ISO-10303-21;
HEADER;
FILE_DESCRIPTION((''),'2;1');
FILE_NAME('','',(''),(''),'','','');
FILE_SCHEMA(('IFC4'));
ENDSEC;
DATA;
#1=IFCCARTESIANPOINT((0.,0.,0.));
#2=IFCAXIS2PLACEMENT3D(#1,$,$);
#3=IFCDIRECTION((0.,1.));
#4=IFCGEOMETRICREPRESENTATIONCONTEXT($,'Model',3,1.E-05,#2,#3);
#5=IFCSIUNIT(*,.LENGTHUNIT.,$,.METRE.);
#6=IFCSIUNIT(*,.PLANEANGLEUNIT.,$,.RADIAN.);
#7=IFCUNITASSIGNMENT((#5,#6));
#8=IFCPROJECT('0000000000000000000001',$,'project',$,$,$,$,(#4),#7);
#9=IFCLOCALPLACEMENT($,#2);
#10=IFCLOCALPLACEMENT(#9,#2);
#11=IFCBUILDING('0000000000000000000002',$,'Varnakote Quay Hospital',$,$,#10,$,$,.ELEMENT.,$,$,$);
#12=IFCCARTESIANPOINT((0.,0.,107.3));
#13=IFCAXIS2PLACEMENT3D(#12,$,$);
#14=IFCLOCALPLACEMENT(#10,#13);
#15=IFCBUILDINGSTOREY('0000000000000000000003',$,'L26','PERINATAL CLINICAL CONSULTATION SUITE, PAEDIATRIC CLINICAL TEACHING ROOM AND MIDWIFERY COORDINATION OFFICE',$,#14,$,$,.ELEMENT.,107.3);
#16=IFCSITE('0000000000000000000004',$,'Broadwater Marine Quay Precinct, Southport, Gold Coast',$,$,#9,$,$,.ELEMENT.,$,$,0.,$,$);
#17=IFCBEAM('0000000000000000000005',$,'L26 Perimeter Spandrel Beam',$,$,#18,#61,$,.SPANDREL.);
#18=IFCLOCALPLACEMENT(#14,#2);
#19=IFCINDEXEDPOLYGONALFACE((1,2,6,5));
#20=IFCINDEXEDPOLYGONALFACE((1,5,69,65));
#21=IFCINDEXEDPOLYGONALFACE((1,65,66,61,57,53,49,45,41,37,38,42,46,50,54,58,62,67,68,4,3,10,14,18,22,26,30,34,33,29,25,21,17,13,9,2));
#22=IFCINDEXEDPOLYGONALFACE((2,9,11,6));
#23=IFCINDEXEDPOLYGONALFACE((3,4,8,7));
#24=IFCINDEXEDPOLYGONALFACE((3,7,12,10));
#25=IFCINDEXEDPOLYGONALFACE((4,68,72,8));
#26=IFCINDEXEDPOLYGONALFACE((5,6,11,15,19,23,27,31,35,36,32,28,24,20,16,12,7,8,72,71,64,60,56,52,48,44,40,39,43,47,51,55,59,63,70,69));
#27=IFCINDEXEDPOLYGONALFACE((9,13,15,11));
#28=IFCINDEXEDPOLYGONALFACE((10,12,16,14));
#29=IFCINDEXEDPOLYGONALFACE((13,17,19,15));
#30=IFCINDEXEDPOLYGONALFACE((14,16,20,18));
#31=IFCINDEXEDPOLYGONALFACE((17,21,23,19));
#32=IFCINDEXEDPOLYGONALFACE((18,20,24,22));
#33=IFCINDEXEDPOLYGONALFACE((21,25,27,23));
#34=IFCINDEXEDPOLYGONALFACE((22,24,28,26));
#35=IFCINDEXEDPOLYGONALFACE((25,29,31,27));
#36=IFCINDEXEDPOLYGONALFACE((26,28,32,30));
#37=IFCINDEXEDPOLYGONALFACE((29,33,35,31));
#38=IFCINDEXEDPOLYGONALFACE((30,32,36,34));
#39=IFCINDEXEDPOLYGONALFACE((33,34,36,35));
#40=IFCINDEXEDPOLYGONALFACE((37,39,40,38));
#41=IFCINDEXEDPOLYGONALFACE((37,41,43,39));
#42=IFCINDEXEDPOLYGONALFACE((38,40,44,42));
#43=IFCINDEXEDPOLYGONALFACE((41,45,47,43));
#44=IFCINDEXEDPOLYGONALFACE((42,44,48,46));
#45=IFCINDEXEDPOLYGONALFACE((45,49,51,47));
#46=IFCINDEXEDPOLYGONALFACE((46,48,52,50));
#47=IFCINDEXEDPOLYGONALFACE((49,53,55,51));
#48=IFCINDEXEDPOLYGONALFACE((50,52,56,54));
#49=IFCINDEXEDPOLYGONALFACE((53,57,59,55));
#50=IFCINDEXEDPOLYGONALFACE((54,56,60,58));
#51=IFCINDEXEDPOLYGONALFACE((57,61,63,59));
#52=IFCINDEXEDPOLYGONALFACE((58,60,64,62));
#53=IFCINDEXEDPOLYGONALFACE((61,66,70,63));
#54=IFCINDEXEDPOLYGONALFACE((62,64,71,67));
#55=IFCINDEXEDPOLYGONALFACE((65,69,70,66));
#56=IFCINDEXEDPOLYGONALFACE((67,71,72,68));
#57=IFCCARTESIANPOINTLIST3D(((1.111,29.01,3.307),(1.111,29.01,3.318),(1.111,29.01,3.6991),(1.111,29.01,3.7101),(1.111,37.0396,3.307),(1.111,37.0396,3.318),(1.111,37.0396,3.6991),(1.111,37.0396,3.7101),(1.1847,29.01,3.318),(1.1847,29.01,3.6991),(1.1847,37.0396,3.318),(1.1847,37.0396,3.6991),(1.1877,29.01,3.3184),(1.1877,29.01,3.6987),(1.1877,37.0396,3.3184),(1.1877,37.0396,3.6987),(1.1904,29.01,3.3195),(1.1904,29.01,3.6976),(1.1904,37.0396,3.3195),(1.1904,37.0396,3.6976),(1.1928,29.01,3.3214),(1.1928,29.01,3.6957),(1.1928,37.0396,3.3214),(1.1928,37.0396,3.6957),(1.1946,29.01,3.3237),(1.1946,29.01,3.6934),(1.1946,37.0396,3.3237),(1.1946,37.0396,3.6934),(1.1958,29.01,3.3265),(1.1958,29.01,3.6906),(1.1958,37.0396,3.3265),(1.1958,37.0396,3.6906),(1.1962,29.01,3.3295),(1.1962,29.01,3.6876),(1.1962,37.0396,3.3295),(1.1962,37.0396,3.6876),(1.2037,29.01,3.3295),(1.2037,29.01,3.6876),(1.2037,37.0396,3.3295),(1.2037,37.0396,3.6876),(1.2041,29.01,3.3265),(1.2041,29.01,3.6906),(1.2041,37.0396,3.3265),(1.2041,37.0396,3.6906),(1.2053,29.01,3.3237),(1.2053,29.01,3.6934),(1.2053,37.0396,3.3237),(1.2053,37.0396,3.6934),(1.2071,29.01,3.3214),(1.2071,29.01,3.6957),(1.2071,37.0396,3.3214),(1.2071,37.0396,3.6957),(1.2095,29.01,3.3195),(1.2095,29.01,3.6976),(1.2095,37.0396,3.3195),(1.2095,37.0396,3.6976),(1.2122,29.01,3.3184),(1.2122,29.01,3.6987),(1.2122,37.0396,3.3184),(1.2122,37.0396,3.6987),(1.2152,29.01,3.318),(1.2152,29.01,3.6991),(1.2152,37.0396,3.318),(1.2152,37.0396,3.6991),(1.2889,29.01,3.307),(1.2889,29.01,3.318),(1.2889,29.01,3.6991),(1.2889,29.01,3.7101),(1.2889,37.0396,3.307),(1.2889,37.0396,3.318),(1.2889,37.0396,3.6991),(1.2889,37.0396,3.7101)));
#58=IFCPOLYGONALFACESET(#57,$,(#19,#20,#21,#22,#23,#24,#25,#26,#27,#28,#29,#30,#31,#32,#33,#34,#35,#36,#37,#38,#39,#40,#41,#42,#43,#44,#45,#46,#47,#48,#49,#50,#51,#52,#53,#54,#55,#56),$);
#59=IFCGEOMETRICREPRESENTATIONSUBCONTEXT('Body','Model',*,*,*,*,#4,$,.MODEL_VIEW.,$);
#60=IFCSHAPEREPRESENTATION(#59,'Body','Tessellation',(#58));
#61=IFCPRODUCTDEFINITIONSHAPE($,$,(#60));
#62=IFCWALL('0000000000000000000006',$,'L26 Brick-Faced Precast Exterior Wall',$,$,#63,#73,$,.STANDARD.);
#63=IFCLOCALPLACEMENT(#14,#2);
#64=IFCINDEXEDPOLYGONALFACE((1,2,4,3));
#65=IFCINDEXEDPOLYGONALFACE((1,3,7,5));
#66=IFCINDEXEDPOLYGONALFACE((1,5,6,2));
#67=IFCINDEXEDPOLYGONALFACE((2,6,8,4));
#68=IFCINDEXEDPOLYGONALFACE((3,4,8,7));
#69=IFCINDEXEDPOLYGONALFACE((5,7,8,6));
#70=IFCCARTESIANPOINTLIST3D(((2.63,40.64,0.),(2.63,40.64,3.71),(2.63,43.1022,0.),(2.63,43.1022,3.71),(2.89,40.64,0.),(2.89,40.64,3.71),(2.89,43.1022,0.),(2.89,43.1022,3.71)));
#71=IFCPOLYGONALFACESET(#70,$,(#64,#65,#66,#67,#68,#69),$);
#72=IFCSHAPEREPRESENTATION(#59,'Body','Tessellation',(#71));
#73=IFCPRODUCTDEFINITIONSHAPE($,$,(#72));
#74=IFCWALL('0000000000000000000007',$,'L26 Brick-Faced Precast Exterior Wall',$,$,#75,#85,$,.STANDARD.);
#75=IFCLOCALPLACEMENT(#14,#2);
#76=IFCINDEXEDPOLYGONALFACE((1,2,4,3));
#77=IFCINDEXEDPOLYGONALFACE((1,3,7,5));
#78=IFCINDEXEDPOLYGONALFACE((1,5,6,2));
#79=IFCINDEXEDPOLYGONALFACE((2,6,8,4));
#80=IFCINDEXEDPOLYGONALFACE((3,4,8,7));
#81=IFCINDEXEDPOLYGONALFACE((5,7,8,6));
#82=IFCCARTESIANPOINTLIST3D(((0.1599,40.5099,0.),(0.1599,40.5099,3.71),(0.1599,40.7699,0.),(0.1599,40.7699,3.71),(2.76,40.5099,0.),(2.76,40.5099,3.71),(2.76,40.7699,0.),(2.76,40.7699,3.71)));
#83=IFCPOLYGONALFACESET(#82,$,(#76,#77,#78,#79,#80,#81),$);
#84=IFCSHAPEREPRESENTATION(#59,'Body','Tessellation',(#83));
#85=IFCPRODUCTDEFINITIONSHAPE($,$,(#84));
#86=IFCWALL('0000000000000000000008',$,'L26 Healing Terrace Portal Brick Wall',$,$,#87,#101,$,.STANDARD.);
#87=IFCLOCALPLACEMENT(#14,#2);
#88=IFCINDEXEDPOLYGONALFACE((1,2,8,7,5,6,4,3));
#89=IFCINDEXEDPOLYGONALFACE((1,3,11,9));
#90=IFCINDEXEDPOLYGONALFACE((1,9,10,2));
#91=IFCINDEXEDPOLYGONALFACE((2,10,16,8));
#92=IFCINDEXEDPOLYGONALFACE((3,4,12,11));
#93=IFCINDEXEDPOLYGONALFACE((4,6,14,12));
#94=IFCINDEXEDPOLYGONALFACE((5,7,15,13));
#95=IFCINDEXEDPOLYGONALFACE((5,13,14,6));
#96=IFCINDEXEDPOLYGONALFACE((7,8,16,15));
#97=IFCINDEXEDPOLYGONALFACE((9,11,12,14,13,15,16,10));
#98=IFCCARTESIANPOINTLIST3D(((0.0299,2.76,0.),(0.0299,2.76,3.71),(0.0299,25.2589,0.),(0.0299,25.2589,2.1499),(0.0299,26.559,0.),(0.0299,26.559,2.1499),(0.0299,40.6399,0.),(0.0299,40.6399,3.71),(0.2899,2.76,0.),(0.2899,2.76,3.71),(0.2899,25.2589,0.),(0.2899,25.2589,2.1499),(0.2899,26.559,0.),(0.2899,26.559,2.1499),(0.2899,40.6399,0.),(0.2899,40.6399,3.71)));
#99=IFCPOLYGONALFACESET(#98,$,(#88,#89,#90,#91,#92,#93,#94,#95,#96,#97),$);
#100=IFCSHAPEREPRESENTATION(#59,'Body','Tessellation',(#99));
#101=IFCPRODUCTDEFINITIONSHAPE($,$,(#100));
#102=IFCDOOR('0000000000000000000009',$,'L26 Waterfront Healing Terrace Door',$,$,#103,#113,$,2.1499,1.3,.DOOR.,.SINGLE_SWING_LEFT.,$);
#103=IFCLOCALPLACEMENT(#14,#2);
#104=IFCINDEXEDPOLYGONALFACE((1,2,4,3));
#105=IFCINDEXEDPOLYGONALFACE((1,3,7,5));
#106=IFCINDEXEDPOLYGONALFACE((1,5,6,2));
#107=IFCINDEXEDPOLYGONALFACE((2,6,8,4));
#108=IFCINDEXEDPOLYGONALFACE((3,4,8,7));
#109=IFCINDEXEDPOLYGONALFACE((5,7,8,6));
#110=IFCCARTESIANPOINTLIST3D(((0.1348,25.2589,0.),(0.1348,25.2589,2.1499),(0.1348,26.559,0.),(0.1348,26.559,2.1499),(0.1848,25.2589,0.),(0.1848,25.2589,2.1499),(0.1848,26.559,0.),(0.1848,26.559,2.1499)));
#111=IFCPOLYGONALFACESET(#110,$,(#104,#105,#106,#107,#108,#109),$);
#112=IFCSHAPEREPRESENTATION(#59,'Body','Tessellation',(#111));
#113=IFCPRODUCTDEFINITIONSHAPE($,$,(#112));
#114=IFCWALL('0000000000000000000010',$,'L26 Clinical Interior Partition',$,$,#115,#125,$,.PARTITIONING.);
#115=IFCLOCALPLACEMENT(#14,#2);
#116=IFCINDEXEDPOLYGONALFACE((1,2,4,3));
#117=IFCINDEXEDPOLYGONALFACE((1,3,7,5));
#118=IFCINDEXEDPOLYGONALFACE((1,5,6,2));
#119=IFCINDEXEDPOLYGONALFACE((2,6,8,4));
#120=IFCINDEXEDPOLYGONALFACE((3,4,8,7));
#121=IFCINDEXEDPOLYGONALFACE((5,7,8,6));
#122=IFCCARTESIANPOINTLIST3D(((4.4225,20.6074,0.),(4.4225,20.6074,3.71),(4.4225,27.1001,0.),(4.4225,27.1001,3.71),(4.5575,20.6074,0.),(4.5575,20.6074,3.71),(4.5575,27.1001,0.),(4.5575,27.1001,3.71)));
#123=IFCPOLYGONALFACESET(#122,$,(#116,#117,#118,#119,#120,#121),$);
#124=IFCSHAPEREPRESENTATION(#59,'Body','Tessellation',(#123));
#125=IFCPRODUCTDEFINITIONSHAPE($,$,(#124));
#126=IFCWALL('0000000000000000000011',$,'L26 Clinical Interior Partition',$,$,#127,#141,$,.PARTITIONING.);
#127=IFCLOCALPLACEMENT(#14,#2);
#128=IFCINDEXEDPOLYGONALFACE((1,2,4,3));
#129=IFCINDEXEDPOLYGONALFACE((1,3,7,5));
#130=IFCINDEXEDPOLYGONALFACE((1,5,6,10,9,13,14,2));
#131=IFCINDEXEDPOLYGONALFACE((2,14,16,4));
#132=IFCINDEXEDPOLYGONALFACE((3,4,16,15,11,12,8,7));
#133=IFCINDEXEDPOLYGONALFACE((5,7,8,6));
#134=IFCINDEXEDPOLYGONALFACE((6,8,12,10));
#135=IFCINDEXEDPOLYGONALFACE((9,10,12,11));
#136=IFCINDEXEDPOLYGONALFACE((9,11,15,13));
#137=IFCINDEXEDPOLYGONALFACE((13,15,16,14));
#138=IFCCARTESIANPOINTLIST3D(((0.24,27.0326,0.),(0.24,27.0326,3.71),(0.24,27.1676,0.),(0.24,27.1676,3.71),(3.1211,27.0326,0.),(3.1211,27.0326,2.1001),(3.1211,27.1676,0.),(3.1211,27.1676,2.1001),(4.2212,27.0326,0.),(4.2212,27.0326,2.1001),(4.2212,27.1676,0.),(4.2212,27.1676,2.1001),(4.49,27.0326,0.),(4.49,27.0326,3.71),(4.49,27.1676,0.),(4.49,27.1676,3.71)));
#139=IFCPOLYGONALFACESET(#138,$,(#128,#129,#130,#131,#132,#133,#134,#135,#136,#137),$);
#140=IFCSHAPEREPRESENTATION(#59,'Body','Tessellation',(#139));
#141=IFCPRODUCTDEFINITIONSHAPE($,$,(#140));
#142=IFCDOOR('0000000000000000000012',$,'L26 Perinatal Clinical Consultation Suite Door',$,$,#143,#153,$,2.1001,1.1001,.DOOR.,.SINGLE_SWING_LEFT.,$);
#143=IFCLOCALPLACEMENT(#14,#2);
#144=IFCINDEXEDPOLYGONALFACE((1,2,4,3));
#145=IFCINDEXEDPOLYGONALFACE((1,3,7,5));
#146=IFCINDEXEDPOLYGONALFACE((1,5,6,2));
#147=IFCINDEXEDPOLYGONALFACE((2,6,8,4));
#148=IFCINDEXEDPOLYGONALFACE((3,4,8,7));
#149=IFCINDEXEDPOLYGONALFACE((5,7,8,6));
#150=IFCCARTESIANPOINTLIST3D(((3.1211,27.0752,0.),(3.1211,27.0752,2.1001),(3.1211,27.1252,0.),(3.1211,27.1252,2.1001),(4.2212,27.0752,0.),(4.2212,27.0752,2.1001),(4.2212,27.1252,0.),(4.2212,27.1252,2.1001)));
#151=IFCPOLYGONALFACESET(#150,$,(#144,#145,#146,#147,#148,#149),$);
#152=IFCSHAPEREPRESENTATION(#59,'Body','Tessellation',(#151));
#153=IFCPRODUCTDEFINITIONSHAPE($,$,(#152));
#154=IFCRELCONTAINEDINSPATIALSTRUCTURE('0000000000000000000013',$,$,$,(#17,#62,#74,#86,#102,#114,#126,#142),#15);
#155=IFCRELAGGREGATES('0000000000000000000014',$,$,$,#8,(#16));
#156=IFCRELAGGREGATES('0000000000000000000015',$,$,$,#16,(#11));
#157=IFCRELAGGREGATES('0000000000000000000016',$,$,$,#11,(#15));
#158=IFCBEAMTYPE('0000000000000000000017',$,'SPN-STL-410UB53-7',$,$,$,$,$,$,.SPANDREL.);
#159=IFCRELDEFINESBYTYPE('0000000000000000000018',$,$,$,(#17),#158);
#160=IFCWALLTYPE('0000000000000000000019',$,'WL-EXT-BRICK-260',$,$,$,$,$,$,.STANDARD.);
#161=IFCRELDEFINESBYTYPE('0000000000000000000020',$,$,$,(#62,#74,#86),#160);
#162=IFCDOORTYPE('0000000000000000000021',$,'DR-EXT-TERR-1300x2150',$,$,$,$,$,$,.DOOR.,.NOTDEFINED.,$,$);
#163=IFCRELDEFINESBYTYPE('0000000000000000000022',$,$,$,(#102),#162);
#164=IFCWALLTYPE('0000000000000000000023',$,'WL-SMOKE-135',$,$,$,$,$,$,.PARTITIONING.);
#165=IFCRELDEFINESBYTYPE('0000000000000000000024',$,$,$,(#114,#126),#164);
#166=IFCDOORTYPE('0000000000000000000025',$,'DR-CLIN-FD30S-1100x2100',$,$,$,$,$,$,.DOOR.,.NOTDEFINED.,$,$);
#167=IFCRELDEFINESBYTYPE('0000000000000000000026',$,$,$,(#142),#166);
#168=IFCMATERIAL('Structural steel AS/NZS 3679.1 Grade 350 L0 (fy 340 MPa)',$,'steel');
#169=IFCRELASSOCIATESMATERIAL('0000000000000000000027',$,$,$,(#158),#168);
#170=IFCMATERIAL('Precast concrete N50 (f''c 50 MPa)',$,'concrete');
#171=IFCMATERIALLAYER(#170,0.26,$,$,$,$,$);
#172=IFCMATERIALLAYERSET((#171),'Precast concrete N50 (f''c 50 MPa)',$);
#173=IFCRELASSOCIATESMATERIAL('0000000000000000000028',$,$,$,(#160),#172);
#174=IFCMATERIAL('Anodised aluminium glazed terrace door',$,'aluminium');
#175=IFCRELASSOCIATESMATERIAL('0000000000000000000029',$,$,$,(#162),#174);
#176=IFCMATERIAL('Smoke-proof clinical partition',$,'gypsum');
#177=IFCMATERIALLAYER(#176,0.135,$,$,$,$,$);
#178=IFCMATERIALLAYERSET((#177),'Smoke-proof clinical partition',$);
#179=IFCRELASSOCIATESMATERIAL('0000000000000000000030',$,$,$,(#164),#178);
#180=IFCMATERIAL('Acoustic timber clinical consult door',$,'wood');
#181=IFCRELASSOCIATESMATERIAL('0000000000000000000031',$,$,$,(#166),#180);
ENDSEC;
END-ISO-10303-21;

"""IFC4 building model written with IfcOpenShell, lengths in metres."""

from ifc_helpers import new_model, si_unit, direction, frame, frame_2d, origin, origin_2d, place, context, subcontext, project, spatial, rectangle, i_section, extrude, material, layer, layer_set, material_profile, profile_set, type_object, element, fill, save


model = new_model("IFC4")

# Units and contexts
model_context = context("Model", 3, precision=1e-05, world=origin(), true_north=direction((0.0, 1.0)))
body_context = subcontext(model_context, "Body", "Model", "MODEL_VIEW")
ifc_project = project(units=[si_unit("LENGTHUNIT", "METRE"), si_unit("PLANEANGLEUNIT", "RADIAN")], contexts=[model_context])

# Site, building, storey
site_placement = place(None, origin())
site = spatial("IfcSite", under=ifc_project, at=site_placement, Name="Broadwater Marine Quay Precinct, Southport, Gold Coast", CompositionType="ELEMENT", RefElevation=0.0)
building_placement = place(site_placement, origin())
building = spatial("IfcBuilding", under=site, at=building_placement, Name="Varnakote Quay Hospital", CompositionType="ELEMENT")
storey_placement = place(building_placement, frame((0.0, 0.0, 107.3)))
storey = spatial("IfcBuildingStorey", under=building, at=storey_placement, Name="L26", Description="PERINATAL CLINICAL CONSULTATION SUITE, PAEDIATRIC CLINICAL TEACHING ROOM AND MIDWIFERY COORDINATION OFFICE", CompositionType="ELEMENT", Elevation=107.3)

# Beam
ifc_material_1 = material(Name="Structural steel AS/NZS 3679.1 Grade 350 L0 (fy 340 MPa)", Category="steel")
ifc_material_profile_1 = material_profile(ifc_material_1, i_section(OverallWidth=0.178, OverallDepth=0.4031, WebThickness=0.0076, FlangeThickness=0.011, FilletRadius=0.0115, at=origin_2d()), Name="410UB53.7")
ifc_profile_set_1 = profile_set([ifc_material_profile_1], Name="Structural steel AS/NZS 3679.1 Grade 350 L0 (fy 340 MPa)")
beam_type_1 = type_object("IfcBeamType", Name="SPN-STL-410UB53-7", PredefinedType="SPANDREL", material=ifc_profile_set_1)
beam_1_placement = place(storey_placement, frame((1.2, 29.01, 3.5085), z_axis=(0.0, 1.0, 0.0), x_axis=(-1.0, 0.0, 0.0)))
element("IfcBeam", 1, at=beam_1_placement, inside=storey, type_object=beam_type_1, Name="L26 Perimeter Spandrel Beam", PredefinedType="SPANDREL", context=body_context, shape_type="SweptSolid", body=[
    extrude(i_section(OverallWidth=0.178, OverallDepth=0.4031, WebThickness=0.0076, FlangeThickness=0.011, FilletRadius=0.0115, at=origin_2d()), origin(), (0.0, 0.0, 1.0), 8.0295),
])

# Walls
ifc_material_2 = material(Name="Precast concrete N50 (f'c 50 MPa)", Category="concrete")
ifc_layer_1 = layer(ifc_material_2, 0.26)
ifc_layer_set_1 = layer_set([ifc_layer_1], Name="Precast concrete N50 (f'c 50 MPa)")
wall_type_1 = type_object("IfcWallType", Name="WL-EXT-BRICK-260", PredefinedType="STANDARD", material=ifc_layer_set_1)
wall_1_placement = place(storey_placement, frame((2.76, 43.1021, 0.0), z_axis=(0.0, 0.0, 1.0), x_axis=(0.0, -1.0, 0.0)))
element("IfcWall", 2, at=wall_1_placement, inside=storey, type_object=wall_type_1, Name="L26 Brick-Faced Precast Exterior Wall", PredefinedType="STANDARD", context=body_context, shape_type="SweptSolid", body=[
    extrude(rectangle(XDim=2.4622, YDim=0.26, at=frame_2d((1.231, 0.0))), origin(), (0.0, 0.0, 1.0), 3.71),
])
wall_2_placement = place(storey_placement, frame((2.76, 40.6399, 0.0), z_axis=(0.0, 0.0, 1.0), x_axis=(-1.0, 0.0, 0.0)))
element("IfcWall", 3, at=wall_2_placement, inside=storey, type_object=wall_type_1, Name="L26 Brick-Faced Precast Exterior Wall", PredefinedType="STANDARD", context=body_context, shape_type="SweptSolid", body=[
    extrude(rectangle(XDim=2.6001, YDim=0.26, at=frame_2d((1.3, 0.0))), origin(), (0.0, 0.0, 1.0), 3.71),
])

# Wall, opening, door
wall_3_placement = place(storey_placement, frame((0.1599, 40.6399, 0.0), z_axis=(0.0, 0.0, 1.0), x_axis=(0.0, -1.0, 0.0)))
wall_3 = element("IfcWall", 4, at=wall_3_placement, inside=storey, type_object=wall_type_1, Name="L26 Healing Terrace Portal Brick Wall", PredefinedType="STANDARD", context=body_context, shape_type="SweptSolid", body=[
    extrude(rectangle(XDim=37.8799, YDim=0.26, at=frame_2d((18.9399, 0.0))), origin(), (0.0, 0.0, 1.0), 3.71),
])
opening_1_placement = place(wall_3_placement, frame((14.0811, 0.0, 0.0)))
opening_1 = element("IfcOpeningElement", 5, at=opening_1_placement, cuts=wall_3, PredefinedType="OPENING", context=body_context, shape_type="SweptSolid", body=[
    extrude(rectangle(XDim=1.3, YDim=2.1499, at=frame_2d((0.6499, 1.075))), frame((0.0, 0.1399, 0.0), z_axis=(0.0, -1.0, 0.0), x_axis=(1.0, 0.0, 0.0)), (0.0, 0.0, 1.0), 0.28),
])
ifc_material_3 = material(Name="Anodised aluminium glazed terrace door", Category="aluminium")
door_type_1 = type_object("IfcDoorType", Name="DR-EXT-TERR-1300x2150", OperationType="NOTDEFINED", PredefinedType="DOOR", material=ifc_material_3)
door_1_placement = place(opening_1_placement, origin())
door_1 = element("IfcDoor", 6, at=door_1_placement, inside=storey, type_object=door_type_1, Name="L26 Waterfront Healing Terrace Door", OperationType="SINGLE_SWING_LEFT", OverallHeight=2.1499, OverallWidth=1.3, PredefinedType="DOOR", context=body_context, shape_type="SweptSolid", body=[
    extrude(rectangle(XDim=1.3, YDim=2.1499, at=frame_2d((0.6499, 1.075))), frame((0.0, 0.0249, 0.0), z_axis=(0.0, -1.0, 0.0), x_axis=(1.0, 0.0, 0.0)), (0.0, 0.0, 1.0), 0.05),
])
fill(opening_1, door_1)

# Wall
ifc_material_4 = material(Name="Smoke-proof clinical partition", Category="gypsum")
ifc_layer_2 = layer(ifc_material_4, 0.135)
ifc_layer_set_2 = layer_set([ifc_layer_2], Name="Smoke-proof clinical partition")
wall_type_2 = type_object("IfcWallType", Name="WL-SMOKE-135", PredefinedType="PARTITIONING", material=ifc_layer_set_2)
wall_4_placement = place(storey_placement, frame((4.49, 20.6074, 0.0), z_axis=(0.0, 0.0, 1.0), x_axis=(0.0, 1.0, 0.0)))
element("IfcWall", 7, at=wall_4_placement, inside=storey, type_object=wall_type_2, Name="L26 Clinical Interior Partition", PredefinedType="PARTITIONING", context=body_context, shape_type="SweptSolid", body=[
    extrude(rectangle(XDim=6.4927, YDim=0.135, at=frame_2d((3.2463, 0.0))), origin(), (0.0, 0.0, 1.0), 3.71),
])

# Wall, opening, door
wall_5_placement = place(storey_placement, frame((4.49, 27.1001, 0.0), z_axis=(0.0, 0.0, 1.0), x_axis=(-1.0, 0.0, 0.0)))
wall_5 = element("IfcWall", 8, at=wall_5_placement, inside=storey, type_object=wall_type_2, Name="L26 Clinical Interior Partition", PredefinedType="PARTITIONING", context=body_context, shape_type="SweptSolid", body=[
    extrude(rectangle(XDim=4.25, YDim=0.135, at=frame_2d((2.125, 0.0))), origin(), (0.0, 0.0, 1.0), 3.71),
])
opening_2_placement = place(wall_5_placement, frame((0.2688, 0.0, 0.0)))
opening_2 = element("IfcOpeningElement", 9, at=opening_2_placement, cuts=wall_5, PredefinedType="OPENING", context=body_context, shape_type="SweptSolid", body=[
    extrude(rectangle(XDim=1.1001, YDim=2.1001, at=frame_2d((0.55, 1.05))), frame((0.0, 0.0774, 0.0), z_axis=(0.0, -1.0, 0.0), x_axis=(1.0, 0.0, 0.0)), (0.0, 0.0, 1.0), 0.155),
])
ifc_material_5 = material(Name="Acoustic timber clinical consult door", Category="wood")
door_type_2 = type_object("IfcDoorType", Name="DR-CLIN-FD30S-1100x2100", OperationType="NOTDEFINED", PredefinedType="DOOR", material=ifc_material_5)
door_2_placement = place(opening_2_placement, origin())
door_2 = element("IfcDoor", 10, at=door_2_placement, inside=storey, type_object=door_type_2, Name="L26 Perinatal Clinical Consultation Suite Door", OperationType="SINGLE_SWING_LEFT", OverallHeight=2.1001, OverallWidth=1.1001, PredefinedType="DOOR", context=body_context, shape_type="SweptSolid", body=[
    extrude(rectangle(XDim=1.1001, YDim=2.1001, at=frame_2d((0.55, 1.05))), frame((0.0, 0.0249, 0.0), z_axis=(0.0, -1.0, 0.0), x_axis=(1.0, 0.0, 0.0)), (0.0, 0.0, 1.0), 0.05),
])
fill(opening_2, door_2)

save(model, "model.ifc")
